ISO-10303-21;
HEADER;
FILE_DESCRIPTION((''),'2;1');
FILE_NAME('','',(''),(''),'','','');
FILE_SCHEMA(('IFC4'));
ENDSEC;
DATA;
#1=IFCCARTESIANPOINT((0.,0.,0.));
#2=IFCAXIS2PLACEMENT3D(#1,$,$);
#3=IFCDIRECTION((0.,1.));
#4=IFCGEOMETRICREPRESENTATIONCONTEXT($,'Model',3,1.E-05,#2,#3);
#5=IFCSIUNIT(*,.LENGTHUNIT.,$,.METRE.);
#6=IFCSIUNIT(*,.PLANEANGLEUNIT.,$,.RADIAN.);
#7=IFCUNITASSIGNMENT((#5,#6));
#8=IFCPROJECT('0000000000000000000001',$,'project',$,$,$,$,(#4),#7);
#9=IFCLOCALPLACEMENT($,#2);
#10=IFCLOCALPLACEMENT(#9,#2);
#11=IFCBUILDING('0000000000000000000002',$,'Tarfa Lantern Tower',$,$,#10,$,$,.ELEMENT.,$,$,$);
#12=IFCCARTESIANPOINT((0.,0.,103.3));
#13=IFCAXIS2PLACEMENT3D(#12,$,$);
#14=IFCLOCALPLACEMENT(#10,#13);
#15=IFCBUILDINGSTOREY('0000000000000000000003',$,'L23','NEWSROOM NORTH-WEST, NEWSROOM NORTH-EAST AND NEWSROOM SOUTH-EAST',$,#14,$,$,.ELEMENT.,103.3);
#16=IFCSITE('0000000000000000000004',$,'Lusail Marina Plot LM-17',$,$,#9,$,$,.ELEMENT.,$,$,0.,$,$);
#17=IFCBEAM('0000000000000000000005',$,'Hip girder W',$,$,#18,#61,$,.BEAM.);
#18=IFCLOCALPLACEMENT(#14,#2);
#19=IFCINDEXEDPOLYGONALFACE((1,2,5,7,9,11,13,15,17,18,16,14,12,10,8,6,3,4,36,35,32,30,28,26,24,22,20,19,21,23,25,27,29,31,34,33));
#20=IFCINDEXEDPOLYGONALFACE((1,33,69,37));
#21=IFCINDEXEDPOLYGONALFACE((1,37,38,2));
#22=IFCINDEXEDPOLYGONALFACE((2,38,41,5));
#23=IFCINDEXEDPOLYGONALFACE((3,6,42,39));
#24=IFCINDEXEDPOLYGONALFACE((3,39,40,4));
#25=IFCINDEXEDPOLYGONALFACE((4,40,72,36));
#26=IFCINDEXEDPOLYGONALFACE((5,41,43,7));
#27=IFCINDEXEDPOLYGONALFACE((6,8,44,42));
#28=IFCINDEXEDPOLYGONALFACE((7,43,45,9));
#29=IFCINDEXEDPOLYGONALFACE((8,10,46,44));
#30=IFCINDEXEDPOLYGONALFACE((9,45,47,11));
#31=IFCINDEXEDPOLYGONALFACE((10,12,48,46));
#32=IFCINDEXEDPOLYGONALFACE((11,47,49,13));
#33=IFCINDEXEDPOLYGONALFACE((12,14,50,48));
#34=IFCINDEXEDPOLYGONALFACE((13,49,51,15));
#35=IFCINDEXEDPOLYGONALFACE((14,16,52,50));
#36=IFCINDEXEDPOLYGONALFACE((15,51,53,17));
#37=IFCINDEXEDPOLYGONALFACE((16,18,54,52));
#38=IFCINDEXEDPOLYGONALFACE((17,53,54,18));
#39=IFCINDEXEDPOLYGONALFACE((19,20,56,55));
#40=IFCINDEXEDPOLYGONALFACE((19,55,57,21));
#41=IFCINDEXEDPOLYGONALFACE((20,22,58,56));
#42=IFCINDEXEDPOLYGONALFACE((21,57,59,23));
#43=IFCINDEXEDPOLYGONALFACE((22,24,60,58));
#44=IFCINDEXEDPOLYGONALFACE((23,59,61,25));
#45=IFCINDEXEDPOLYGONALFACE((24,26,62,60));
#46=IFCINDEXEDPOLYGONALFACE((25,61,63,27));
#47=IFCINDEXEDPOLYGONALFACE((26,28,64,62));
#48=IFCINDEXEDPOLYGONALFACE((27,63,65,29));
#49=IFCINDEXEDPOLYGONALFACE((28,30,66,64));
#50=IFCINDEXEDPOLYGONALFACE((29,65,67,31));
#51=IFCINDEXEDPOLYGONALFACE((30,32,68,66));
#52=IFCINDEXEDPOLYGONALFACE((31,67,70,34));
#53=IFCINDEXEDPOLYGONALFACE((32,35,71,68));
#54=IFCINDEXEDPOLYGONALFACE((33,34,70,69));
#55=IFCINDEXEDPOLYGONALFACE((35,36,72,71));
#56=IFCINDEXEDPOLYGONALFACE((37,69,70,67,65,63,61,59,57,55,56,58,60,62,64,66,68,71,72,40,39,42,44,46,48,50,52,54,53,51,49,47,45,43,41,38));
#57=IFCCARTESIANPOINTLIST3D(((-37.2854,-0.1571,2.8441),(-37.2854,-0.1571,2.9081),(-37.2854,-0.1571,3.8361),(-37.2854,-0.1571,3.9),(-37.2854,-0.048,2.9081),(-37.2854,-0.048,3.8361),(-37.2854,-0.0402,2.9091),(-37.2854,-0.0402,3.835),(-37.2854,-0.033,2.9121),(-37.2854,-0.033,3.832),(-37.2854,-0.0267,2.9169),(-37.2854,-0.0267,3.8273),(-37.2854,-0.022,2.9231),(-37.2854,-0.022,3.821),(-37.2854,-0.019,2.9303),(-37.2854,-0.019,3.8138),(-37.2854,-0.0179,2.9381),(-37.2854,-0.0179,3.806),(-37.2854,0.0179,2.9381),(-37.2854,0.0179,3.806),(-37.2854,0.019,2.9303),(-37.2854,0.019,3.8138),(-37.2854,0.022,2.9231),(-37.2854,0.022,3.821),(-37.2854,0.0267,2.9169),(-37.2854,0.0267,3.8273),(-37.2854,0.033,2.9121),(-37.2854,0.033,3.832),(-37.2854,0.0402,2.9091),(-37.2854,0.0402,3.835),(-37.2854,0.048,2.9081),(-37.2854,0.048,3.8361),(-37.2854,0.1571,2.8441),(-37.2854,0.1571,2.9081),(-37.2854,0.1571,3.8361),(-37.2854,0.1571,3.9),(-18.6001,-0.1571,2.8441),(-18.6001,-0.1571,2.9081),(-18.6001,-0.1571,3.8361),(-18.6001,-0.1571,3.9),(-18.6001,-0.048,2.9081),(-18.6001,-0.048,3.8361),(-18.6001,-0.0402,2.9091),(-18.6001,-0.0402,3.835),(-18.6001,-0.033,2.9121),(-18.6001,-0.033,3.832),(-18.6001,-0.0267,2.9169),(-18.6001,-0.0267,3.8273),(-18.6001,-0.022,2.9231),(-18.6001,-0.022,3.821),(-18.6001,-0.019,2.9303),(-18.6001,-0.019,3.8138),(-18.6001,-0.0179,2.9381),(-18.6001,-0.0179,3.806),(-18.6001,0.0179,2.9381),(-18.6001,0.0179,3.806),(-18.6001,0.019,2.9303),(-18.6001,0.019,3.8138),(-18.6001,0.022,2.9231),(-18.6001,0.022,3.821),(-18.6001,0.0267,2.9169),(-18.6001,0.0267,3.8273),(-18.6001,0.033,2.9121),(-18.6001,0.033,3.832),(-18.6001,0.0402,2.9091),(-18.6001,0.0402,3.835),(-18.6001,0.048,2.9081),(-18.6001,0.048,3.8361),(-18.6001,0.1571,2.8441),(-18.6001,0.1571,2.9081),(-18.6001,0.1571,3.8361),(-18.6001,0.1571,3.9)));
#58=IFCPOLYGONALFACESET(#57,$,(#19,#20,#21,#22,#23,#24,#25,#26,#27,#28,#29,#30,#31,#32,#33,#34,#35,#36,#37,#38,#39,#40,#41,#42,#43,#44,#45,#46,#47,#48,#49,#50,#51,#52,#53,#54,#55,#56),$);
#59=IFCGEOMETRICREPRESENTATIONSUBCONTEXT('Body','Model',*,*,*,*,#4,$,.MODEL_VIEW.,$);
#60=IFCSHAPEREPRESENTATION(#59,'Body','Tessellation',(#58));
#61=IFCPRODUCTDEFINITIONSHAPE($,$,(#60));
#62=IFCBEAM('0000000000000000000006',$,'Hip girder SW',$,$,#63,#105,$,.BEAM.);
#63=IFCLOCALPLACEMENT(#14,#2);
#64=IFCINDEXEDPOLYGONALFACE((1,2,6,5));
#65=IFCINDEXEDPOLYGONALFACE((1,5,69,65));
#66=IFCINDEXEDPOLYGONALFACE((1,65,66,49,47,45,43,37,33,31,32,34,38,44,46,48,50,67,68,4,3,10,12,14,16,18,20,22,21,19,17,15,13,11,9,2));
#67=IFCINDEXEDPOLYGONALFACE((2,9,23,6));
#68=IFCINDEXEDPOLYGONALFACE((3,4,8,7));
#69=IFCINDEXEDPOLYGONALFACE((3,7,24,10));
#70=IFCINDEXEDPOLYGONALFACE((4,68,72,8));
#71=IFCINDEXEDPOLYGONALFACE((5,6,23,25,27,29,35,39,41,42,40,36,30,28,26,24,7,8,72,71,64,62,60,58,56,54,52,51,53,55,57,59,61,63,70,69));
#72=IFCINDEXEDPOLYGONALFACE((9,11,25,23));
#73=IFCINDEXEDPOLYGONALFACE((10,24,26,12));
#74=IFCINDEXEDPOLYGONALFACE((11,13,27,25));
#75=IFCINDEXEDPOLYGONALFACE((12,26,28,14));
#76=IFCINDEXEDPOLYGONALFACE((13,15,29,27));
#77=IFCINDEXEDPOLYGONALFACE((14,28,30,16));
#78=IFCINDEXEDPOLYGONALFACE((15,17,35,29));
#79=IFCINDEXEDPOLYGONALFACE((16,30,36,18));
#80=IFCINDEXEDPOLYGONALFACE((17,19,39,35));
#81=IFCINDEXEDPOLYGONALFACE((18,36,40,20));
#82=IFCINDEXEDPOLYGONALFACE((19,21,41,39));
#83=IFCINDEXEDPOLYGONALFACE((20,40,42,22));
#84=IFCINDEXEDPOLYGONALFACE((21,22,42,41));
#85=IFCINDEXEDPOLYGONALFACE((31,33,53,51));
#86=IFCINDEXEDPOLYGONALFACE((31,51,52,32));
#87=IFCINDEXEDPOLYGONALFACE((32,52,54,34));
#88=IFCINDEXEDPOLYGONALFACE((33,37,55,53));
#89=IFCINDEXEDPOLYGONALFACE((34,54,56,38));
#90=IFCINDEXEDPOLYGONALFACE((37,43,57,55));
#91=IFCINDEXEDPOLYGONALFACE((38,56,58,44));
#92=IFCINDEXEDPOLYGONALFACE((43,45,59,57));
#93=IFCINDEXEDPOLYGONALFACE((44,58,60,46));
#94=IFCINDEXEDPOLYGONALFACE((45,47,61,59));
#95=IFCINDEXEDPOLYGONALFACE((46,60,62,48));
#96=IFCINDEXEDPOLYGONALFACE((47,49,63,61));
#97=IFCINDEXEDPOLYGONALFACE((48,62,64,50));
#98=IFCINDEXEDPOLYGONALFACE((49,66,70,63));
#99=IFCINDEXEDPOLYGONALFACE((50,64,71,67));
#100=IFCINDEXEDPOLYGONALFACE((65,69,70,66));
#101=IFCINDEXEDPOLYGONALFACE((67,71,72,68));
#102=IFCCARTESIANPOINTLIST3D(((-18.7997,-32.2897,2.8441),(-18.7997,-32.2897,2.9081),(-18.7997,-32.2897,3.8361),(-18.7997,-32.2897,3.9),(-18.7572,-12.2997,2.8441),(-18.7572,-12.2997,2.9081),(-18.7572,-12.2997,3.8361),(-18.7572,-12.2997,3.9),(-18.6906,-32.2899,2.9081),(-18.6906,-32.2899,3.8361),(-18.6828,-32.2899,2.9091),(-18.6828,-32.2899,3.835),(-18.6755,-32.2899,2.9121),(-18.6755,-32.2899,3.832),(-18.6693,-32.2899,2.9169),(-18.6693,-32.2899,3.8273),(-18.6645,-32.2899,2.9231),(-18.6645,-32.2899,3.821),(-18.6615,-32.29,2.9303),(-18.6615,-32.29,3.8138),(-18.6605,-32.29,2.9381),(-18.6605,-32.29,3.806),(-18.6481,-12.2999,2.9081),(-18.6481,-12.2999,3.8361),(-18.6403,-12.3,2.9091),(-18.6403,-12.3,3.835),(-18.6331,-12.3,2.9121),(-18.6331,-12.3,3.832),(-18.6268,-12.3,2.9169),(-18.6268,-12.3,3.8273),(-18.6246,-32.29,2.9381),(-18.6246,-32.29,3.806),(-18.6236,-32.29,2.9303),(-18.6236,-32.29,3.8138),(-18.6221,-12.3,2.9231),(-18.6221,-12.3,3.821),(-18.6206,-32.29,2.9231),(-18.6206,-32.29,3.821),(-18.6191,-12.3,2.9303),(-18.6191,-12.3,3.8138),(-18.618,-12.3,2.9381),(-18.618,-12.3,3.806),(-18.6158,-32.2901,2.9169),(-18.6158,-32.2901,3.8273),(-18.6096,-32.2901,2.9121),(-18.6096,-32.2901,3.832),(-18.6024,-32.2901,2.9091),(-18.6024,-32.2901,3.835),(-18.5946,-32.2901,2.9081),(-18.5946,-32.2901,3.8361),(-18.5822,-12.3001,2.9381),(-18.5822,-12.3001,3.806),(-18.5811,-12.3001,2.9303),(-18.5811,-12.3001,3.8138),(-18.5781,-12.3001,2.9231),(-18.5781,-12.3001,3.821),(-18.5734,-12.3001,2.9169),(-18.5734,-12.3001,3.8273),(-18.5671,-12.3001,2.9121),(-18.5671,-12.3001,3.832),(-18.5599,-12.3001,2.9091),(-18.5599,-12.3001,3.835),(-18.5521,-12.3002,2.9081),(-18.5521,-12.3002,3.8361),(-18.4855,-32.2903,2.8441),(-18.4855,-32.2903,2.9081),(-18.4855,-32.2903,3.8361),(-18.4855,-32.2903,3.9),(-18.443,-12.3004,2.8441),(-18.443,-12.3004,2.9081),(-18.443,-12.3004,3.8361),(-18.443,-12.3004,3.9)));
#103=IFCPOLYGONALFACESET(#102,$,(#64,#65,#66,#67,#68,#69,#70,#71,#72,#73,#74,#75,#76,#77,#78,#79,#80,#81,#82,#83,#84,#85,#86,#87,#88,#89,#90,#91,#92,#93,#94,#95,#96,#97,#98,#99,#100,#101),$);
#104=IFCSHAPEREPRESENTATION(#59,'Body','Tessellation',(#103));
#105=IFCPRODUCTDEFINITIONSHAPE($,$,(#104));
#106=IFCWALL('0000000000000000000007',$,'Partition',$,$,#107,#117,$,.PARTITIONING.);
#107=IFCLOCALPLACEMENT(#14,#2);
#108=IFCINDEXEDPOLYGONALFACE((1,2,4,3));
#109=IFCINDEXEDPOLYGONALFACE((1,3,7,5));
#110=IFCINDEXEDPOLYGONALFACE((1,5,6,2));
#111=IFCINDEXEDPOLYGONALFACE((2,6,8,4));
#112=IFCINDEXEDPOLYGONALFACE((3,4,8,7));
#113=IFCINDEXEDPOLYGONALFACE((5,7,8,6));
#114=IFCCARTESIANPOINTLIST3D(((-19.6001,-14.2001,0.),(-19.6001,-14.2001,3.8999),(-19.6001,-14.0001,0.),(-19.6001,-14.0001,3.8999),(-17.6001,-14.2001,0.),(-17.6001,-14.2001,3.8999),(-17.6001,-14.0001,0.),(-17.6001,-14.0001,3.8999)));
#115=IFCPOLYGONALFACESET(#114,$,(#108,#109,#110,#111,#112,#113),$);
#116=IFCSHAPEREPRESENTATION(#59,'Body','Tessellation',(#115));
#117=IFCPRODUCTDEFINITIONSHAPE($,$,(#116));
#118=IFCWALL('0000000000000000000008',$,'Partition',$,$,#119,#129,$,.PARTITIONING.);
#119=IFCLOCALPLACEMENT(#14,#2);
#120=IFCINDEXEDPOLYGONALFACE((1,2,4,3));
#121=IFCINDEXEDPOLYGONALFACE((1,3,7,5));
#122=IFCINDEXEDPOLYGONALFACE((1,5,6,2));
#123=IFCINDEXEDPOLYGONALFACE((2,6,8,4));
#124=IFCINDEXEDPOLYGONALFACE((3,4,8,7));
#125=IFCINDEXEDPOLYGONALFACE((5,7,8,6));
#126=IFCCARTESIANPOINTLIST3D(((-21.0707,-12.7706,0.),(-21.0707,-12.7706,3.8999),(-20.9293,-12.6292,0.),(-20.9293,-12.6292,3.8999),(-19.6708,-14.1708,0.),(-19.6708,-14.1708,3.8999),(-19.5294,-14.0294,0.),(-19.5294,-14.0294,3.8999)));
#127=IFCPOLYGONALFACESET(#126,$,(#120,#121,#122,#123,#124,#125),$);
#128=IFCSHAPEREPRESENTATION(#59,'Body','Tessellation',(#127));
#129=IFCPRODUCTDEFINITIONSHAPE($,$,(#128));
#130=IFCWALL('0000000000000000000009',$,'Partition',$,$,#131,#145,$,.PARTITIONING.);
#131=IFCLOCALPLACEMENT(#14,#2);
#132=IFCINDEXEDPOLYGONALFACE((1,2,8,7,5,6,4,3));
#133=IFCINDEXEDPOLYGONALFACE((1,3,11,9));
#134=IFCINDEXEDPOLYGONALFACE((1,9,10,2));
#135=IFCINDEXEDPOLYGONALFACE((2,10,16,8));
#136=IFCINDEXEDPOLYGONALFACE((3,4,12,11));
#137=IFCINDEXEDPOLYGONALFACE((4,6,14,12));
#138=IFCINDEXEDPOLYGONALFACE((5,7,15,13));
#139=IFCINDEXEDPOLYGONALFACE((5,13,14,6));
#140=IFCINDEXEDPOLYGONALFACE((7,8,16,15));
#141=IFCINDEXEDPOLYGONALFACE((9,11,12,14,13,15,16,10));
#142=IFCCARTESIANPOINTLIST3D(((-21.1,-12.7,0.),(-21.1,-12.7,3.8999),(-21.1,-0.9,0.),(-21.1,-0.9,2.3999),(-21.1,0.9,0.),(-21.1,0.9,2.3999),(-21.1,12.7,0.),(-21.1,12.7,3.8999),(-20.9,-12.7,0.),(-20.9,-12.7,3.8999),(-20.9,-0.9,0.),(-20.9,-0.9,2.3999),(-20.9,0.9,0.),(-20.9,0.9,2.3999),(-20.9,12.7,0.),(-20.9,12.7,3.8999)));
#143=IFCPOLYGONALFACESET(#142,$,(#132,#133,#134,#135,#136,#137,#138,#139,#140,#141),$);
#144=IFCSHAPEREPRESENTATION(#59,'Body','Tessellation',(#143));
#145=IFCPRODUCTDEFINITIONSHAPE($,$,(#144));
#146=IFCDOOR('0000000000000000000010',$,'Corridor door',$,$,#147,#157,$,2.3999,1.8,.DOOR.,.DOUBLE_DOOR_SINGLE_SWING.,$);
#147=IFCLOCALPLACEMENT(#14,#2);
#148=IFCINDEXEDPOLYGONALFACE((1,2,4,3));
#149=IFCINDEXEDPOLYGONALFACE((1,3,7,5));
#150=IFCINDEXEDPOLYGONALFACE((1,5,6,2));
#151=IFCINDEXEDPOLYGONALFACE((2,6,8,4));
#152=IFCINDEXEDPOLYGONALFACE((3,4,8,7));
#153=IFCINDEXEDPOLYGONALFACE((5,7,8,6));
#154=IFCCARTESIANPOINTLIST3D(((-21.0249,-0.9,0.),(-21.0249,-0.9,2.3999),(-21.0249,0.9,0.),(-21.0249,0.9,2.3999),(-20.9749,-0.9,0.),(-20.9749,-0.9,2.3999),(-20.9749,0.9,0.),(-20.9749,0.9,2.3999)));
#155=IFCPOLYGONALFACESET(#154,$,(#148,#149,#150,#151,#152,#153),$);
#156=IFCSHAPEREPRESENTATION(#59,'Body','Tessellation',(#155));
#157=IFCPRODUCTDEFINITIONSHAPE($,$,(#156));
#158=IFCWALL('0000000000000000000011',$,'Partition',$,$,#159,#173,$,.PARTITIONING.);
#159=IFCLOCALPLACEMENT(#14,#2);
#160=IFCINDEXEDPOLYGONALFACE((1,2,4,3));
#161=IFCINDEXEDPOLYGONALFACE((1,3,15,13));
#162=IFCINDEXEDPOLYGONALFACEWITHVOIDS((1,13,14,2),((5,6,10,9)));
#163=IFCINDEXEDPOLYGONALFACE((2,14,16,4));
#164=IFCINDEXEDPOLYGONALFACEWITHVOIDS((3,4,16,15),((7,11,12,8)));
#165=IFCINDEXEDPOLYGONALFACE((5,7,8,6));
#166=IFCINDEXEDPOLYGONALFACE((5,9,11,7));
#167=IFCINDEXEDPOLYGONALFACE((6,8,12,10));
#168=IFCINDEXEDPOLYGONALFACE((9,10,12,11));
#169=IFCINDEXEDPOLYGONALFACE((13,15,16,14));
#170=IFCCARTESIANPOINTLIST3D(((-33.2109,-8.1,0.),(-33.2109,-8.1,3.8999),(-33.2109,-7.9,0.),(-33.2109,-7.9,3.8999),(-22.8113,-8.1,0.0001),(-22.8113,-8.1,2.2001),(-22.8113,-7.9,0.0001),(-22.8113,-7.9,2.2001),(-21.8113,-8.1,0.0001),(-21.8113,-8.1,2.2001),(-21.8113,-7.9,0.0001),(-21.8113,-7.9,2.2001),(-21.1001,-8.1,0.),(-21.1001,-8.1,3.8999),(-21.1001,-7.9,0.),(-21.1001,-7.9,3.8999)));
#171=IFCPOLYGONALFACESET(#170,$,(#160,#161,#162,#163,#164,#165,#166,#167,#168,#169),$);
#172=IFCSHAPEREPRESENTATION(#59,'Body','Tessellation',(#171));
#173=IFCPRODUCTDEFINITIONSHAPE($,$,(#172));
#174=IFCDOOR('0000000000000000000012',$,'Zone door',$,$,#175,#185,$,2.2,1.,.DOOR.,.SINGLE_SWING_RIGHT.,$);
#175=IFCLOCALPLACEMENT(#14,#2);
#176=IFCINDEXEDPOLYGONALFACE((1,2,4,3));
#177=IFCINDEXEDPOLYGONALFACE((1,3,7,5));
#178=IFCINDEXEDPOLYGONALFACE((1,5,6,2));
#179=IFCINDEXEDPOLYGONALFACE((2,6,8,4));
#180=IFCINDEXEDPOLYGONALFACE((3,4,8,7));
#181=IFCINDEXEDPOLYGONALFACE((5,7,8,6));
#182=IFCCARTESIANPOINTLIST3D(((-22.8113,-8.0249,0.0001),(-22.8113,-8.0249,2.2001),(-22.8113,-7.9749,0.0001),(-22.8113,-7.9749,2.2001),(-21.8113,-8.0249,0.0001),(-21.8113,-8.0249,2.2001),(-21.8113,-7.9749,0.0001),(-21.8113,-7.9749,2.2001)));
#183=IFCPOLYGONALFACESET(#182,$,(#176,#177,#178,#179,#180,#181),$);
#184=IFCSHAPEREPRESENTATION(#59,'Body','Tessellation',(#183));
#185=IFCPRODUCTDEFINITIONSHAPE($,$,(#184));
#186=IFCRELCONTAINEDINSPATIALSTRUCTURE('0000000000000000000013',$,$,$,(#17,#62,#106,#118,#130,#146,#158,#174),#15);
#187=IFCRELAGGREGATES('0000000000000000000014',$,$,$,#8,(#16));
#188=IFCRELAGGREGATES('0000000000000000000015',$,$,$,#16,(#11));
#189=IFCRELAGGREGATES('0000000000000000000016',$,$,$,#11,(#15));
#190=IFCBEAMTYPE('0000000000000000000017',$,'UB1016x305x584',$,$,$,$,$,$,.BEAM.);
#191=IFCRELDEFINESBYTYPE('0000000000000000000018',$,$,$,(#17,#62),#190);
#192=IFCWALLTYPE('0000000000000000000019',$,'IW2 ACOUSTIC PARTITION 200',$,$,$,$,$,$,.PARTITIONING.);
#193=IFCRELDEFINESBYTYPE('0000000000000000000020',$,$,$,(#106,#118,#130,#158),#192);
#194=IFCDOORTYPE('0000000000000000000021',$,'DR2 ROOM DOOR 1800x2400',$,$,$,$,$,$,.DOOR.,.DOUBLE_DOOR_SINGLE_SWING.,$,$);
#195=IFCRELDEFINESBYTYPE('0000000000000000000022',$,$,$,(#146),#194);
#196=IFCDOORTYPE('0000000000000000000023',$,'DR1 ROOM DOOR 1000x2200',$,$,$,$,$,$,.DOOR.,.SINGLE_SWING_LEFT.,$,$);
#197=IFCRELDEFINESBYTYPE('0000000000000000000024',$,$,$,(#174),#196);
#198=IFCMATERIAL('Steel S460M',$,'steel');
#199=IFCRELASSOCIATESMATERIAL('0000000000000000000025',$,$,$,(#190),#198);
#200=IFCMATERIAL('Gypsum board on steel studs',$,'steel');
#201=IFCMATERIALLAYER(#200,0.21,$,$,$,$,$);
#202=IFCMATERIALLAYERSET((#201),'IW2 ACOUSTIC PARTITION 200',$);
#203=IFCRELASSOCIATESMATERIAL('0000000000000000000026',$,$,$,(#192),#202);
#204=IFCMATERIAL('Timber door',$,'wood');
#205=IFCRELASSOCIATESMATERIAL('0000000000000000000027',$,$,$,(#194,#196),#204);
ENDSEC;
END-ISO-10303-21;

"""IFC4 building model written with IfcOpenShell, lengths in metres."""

from ifc_helpers import new_model, si_unit, direction, frame, frame_2d, origin, origin_2d, place, context, subcontext, project, spatial, rectangle, i_section, extrude, material, layer, layer_set, material_profile, profile_set, type_object, element, fill, save


model = new_model("IFC4")

# Units and contexts
model_context = context("Model", 3, precision=1e-05, world=origin(), true_north=direction((0.0, 1.0)))
body_context = subcontext(model_context, "Body", "Model", "MODEL_VIEW")
ifc_project = project(units=[si_unit("LENGTHUNIT", "METRE"), si_unit("PLANEANGLEUNIT", "RADIAN")], contexts=[model_context])

# Site, building, storey
site_placement = place(None, origin())
site = spatial("IfcSite", under=ifc_project, at=site_placement, Name="Lusail Marina Plot LM-17", CompositionType="ELEMENT", RefElevation=0.0)
building_placement = place(site_placement, origin())
building = spatial("IfcBuilding", under=site, at=building_placement, Name="Tarfa Lantern Tower", CompositionType="ELEMENT")
storey_placement = place(building_placement, frame((0.0, 0.0, 103.3)))
storey = spatial("IfcBuildingStorey", under=building, at=storey_placement, Name="L23", Description="NEWSROOM NORTH-WEST, NEWSROOM NORTH-EAST AND NEWSROOM SOUTH-EAST", CompositionType="ELEMENT", Elevation=103.3)

# Beams
ifc_material_1 = material(Name="Steel S460M", Category="steel")
ifc_material_profile = material_profile(ifc_material_1, i_section(OverallWidth=0.3142, OverallDepth=1.0559, WebThickness=0.0359, FlangeThickness=0.064, FilletRadius=0.03, at=origin_2d()), Name="UB1016x305x584")
ifc_profile_set = profile_set([ifc_material_profile], Name="Steel S460M")
beam_type = type_object("IfcBeamType", Name="UB1016x305x584", PredefinedType="BEAM", material=ifc_profile_set)
beam_1_placement = place(storey_placement, frame((-18.6001, 0.0, 3.3721), z_axis=(-1.0, 0.0, 0.0), x_axis=(0.0, -1.0, 0.0)))
element("IfcBeam", 1, at=beam_1_placement, inside=storey, type_object=beam_type, Name="Hip girder W", PredefinedType="BEAM", context=body_context, shape_type="SweptSolid", body=[
    extrude(i_section(OverallWidth=0.3142, OverallDepth=1.0559, WebThickness=0.0359, FlangeThickness=0.064, FilletRadius=0.03, at=origin_2d()), origin(), (0.0, 0.0, 1.0), 18.6853),
])
beam_2_placement = place(storey_placement, frame((-18.6001, -12.3, 3.3721), z_axis=(-0.002125, -0.999998, 0.0), x_axis=(0.999998, -0.002125, 0.0)))
element("IfcBeam", 2, at=beam_2_placement, inside=storey, type_object=beam_type, Name="Hip girder SW", PredefinedType="BEAM", context=body_context, shape_type="SweptSolid", body=[
    extrude(i_section(OverallWidth=0.3142, OverallDepth=1.0559, WebThickness=0.0359, FlangeThickness=0.064, FilletRadius=0.03, at=origin_2d()), origin(), (0.0, 0.0, 1.0), 19.99),
])

# Walls
ifc_material_2 = material(Name="Gypsum board on steel studs", Category="steel")
ifc_layer_1 = layer(ifc_material_2, 0.21)
ifc_layer_set_1 = layer_set([ifc_layer_1], Name="IW2 ACOUSTIC PARTITION 200")
wall_type_1 = type_object("IfcWallType", Name="IW2 ACOUSTIC PARTITION 200", PredefinedType="PARTITIONING", material=ifc_layer_set_1)
wall_1_placement = place(storey_placement, frame((-17.6001, -14.1001, 0.0), z_axis=(0.0, 0.0, 1.0), x_axis=(-1.0, 0.0, 0.0)))
element("IfcWall", 3, at=wall_1_placement, inside=storey, type_object=wall_type_1, Name="Partition", PredefinedType="PARTITIONING", context=body_context, shape_type="SweptSolid", body=[
    extrude(rectangle(XDim=2.0, YDim=0.2, at=frame_2d((1.0, 0.0))), origin(), (0.0, 0.0, 1.0), 3.8999),
])
wall_2_placement = place(storey_placement, frame((-19.6001, -14.1001, 0.0), z_axis=(0.0, 0.0, 1.0), x_axis=(-0.707045, 0.707168, 0.0)))
element("IfcWall", 4, at=wall_2_placement, inside=storey, type_object=wall_type_1, Name="Partition", PredefinedType="PARTITIONING", context=body_context, shape_type="SweptSolid", body=[
    extrude(rectangle(XDim=1.98, YDim=0.2, at=frame_2d((0.99, 0.0))), origin(), (0.0, 0.0, 1.0), 3.8999),
])

# Walls, openings, doors
wall_3_placement = place(storey_placement, frame((-21.0, -12.7, 0.0), z_axis=(0.0, 0.0, 1.0), x_axis=(0.0, 1.0, 0.0)))
wall_3 = element("IfcWall", 5, at=wall_3_placement, inside=storey, type_object=wall_type_1, Name="Partition", PredefinedType="PARTITIONING", context=body_context, shape_type="SweptSolid", body=[
    extrude(rectangle(XDim=25.3999, YDim=0.2, at=frame_2d((12.7, 0.0))), origin(), (0.0, 0.0, 1.0), 3.8999),
])
opening_1_placement = place(wall_3_placement, frame((11.8, 0.0, 0.0)))
opening_1 = element("IfcOpeningElement", 6, at=opening_1_placement, cuts=wall_3, PredefinedType="OPENING", context=body_context, shape_type="SweptSolid", body=[
    extrude(rectangle(XDim=1.8, YDim=2.3999, at=frame_2d((0.8999, 1.2))), frame((0.0, 0.1099, 0.0), z_axis=(0.0, -1.0, 0.0), x_axis=(1.0, 0.0, 0.0)), (0.0, 0.0, 1.0), 0.22),
])
ifc_material_3 = material(Name="Timber door", Category="wood")
door_type_1 = type_object("IfcDoorType", Name="DR2 ROOM DOOR 1800x2400", OperationType="DOUBLE_DOOR_SINGLE_SWING", PredefinedType="DOOR", material=ifc_material_3)
door_1_placement = place(opening_1_placement, origin())
door_1 = element("IfcDoor", 7, at=door_1_placement, inside=storey, type_object=door_type_1, Name="Corridor door", OperationType="DOUBLE_DOOR_SINGLE_SWING", OverallHeight=2.3999, OverallWidth=1.8, PredefinedType="DOOR", context=body_context, shape_type="SweptSolid", body=[
    extrude(rectangle(XDim=1.8, YDim=2.3999, at=frame_2d((0.8999, 1.2))), frame((0.0, 0.0249, 0.0), z_axis=(0.0, -1.0, 0.0), x_axis=(1.0, 0.0, 0.0)), (0.0, 0.0, 1.0), 0.05),
])
fill(opening_1, door_1)
wall_4_placement = place(storey_placement, frame((-21.1001, -8.0, 0.0), z_axis=(0.0, 0.0, 1.0), x_axis=(-1.0, 0.0, 0.0)))
wall_4 = element("IfcWall", 8, at=wall_4_placement, inside=storey, type_object=wall_type_1, Name="Partition", PredefinedType="PARTITIONING", context=body_context, shape_type="SweptSolid", body=[
    extrude(rectangle(XDim=12.1108, YDim=0.2, at=frame_2d((6.0554, 0.0))), origin(), (0.0, 0.0, 1.0), 3.8999),
])
opening_2_placement = place(wall_4_placement, frame((0.7112, 0.0, 0.0)))
opening_2 = element("IfcOpeningElement", 9, at=opening_2_placement, cuts=wall_4, PredefinedType="OPENING", context=body_context, shape_type="SweptSolid", body=[
    extrude(rectangle(XDim=1.0, YDim=2.2, at=frame_2d((0.5, 1.1001))), frame((0.0, 0.1099, 0.0), z_axis=(0.0, -1.0, 0.0), x_axis=(1.0, 0.0, 0.0)), (0.0, 0.0, 1.0), 0.22),
])
door_type_2 = type_object("IfcDoorType", Name="DR1 ROOM DOOR 1000x2200", OperationType="SINGLE_SWING_LEFT", PredefinedType="DOOR", material=ifc_material_3)
door_2_placement = place(opening_2_placement, origin())
door_2 = element("IfcDoor", 10, at=door_2_placement, inside=storey, type_object=door_type_2, Name="Zone door", OperationType="SINGLE_SWING_RIGHT", OverallHeight=2.2, OverallWidth=1.0, PredefinedType="DOOR", context=body_context, shape_type="SweptSolid", body=[
    extrude(rectangle(XDim=1.0, YDim=2.2, at=frame_2d((0.5, 1.1001))), frame((0.0, 0.0249, 0.0), z_axis=(0.0, -1.0, 0.0), x_axis=(1.0, 0.0, 0.0)), (0.0, 0.0, 1.0), 0.05),
])
fill(opening_2, door_2)

save(model, "model.ifc")
